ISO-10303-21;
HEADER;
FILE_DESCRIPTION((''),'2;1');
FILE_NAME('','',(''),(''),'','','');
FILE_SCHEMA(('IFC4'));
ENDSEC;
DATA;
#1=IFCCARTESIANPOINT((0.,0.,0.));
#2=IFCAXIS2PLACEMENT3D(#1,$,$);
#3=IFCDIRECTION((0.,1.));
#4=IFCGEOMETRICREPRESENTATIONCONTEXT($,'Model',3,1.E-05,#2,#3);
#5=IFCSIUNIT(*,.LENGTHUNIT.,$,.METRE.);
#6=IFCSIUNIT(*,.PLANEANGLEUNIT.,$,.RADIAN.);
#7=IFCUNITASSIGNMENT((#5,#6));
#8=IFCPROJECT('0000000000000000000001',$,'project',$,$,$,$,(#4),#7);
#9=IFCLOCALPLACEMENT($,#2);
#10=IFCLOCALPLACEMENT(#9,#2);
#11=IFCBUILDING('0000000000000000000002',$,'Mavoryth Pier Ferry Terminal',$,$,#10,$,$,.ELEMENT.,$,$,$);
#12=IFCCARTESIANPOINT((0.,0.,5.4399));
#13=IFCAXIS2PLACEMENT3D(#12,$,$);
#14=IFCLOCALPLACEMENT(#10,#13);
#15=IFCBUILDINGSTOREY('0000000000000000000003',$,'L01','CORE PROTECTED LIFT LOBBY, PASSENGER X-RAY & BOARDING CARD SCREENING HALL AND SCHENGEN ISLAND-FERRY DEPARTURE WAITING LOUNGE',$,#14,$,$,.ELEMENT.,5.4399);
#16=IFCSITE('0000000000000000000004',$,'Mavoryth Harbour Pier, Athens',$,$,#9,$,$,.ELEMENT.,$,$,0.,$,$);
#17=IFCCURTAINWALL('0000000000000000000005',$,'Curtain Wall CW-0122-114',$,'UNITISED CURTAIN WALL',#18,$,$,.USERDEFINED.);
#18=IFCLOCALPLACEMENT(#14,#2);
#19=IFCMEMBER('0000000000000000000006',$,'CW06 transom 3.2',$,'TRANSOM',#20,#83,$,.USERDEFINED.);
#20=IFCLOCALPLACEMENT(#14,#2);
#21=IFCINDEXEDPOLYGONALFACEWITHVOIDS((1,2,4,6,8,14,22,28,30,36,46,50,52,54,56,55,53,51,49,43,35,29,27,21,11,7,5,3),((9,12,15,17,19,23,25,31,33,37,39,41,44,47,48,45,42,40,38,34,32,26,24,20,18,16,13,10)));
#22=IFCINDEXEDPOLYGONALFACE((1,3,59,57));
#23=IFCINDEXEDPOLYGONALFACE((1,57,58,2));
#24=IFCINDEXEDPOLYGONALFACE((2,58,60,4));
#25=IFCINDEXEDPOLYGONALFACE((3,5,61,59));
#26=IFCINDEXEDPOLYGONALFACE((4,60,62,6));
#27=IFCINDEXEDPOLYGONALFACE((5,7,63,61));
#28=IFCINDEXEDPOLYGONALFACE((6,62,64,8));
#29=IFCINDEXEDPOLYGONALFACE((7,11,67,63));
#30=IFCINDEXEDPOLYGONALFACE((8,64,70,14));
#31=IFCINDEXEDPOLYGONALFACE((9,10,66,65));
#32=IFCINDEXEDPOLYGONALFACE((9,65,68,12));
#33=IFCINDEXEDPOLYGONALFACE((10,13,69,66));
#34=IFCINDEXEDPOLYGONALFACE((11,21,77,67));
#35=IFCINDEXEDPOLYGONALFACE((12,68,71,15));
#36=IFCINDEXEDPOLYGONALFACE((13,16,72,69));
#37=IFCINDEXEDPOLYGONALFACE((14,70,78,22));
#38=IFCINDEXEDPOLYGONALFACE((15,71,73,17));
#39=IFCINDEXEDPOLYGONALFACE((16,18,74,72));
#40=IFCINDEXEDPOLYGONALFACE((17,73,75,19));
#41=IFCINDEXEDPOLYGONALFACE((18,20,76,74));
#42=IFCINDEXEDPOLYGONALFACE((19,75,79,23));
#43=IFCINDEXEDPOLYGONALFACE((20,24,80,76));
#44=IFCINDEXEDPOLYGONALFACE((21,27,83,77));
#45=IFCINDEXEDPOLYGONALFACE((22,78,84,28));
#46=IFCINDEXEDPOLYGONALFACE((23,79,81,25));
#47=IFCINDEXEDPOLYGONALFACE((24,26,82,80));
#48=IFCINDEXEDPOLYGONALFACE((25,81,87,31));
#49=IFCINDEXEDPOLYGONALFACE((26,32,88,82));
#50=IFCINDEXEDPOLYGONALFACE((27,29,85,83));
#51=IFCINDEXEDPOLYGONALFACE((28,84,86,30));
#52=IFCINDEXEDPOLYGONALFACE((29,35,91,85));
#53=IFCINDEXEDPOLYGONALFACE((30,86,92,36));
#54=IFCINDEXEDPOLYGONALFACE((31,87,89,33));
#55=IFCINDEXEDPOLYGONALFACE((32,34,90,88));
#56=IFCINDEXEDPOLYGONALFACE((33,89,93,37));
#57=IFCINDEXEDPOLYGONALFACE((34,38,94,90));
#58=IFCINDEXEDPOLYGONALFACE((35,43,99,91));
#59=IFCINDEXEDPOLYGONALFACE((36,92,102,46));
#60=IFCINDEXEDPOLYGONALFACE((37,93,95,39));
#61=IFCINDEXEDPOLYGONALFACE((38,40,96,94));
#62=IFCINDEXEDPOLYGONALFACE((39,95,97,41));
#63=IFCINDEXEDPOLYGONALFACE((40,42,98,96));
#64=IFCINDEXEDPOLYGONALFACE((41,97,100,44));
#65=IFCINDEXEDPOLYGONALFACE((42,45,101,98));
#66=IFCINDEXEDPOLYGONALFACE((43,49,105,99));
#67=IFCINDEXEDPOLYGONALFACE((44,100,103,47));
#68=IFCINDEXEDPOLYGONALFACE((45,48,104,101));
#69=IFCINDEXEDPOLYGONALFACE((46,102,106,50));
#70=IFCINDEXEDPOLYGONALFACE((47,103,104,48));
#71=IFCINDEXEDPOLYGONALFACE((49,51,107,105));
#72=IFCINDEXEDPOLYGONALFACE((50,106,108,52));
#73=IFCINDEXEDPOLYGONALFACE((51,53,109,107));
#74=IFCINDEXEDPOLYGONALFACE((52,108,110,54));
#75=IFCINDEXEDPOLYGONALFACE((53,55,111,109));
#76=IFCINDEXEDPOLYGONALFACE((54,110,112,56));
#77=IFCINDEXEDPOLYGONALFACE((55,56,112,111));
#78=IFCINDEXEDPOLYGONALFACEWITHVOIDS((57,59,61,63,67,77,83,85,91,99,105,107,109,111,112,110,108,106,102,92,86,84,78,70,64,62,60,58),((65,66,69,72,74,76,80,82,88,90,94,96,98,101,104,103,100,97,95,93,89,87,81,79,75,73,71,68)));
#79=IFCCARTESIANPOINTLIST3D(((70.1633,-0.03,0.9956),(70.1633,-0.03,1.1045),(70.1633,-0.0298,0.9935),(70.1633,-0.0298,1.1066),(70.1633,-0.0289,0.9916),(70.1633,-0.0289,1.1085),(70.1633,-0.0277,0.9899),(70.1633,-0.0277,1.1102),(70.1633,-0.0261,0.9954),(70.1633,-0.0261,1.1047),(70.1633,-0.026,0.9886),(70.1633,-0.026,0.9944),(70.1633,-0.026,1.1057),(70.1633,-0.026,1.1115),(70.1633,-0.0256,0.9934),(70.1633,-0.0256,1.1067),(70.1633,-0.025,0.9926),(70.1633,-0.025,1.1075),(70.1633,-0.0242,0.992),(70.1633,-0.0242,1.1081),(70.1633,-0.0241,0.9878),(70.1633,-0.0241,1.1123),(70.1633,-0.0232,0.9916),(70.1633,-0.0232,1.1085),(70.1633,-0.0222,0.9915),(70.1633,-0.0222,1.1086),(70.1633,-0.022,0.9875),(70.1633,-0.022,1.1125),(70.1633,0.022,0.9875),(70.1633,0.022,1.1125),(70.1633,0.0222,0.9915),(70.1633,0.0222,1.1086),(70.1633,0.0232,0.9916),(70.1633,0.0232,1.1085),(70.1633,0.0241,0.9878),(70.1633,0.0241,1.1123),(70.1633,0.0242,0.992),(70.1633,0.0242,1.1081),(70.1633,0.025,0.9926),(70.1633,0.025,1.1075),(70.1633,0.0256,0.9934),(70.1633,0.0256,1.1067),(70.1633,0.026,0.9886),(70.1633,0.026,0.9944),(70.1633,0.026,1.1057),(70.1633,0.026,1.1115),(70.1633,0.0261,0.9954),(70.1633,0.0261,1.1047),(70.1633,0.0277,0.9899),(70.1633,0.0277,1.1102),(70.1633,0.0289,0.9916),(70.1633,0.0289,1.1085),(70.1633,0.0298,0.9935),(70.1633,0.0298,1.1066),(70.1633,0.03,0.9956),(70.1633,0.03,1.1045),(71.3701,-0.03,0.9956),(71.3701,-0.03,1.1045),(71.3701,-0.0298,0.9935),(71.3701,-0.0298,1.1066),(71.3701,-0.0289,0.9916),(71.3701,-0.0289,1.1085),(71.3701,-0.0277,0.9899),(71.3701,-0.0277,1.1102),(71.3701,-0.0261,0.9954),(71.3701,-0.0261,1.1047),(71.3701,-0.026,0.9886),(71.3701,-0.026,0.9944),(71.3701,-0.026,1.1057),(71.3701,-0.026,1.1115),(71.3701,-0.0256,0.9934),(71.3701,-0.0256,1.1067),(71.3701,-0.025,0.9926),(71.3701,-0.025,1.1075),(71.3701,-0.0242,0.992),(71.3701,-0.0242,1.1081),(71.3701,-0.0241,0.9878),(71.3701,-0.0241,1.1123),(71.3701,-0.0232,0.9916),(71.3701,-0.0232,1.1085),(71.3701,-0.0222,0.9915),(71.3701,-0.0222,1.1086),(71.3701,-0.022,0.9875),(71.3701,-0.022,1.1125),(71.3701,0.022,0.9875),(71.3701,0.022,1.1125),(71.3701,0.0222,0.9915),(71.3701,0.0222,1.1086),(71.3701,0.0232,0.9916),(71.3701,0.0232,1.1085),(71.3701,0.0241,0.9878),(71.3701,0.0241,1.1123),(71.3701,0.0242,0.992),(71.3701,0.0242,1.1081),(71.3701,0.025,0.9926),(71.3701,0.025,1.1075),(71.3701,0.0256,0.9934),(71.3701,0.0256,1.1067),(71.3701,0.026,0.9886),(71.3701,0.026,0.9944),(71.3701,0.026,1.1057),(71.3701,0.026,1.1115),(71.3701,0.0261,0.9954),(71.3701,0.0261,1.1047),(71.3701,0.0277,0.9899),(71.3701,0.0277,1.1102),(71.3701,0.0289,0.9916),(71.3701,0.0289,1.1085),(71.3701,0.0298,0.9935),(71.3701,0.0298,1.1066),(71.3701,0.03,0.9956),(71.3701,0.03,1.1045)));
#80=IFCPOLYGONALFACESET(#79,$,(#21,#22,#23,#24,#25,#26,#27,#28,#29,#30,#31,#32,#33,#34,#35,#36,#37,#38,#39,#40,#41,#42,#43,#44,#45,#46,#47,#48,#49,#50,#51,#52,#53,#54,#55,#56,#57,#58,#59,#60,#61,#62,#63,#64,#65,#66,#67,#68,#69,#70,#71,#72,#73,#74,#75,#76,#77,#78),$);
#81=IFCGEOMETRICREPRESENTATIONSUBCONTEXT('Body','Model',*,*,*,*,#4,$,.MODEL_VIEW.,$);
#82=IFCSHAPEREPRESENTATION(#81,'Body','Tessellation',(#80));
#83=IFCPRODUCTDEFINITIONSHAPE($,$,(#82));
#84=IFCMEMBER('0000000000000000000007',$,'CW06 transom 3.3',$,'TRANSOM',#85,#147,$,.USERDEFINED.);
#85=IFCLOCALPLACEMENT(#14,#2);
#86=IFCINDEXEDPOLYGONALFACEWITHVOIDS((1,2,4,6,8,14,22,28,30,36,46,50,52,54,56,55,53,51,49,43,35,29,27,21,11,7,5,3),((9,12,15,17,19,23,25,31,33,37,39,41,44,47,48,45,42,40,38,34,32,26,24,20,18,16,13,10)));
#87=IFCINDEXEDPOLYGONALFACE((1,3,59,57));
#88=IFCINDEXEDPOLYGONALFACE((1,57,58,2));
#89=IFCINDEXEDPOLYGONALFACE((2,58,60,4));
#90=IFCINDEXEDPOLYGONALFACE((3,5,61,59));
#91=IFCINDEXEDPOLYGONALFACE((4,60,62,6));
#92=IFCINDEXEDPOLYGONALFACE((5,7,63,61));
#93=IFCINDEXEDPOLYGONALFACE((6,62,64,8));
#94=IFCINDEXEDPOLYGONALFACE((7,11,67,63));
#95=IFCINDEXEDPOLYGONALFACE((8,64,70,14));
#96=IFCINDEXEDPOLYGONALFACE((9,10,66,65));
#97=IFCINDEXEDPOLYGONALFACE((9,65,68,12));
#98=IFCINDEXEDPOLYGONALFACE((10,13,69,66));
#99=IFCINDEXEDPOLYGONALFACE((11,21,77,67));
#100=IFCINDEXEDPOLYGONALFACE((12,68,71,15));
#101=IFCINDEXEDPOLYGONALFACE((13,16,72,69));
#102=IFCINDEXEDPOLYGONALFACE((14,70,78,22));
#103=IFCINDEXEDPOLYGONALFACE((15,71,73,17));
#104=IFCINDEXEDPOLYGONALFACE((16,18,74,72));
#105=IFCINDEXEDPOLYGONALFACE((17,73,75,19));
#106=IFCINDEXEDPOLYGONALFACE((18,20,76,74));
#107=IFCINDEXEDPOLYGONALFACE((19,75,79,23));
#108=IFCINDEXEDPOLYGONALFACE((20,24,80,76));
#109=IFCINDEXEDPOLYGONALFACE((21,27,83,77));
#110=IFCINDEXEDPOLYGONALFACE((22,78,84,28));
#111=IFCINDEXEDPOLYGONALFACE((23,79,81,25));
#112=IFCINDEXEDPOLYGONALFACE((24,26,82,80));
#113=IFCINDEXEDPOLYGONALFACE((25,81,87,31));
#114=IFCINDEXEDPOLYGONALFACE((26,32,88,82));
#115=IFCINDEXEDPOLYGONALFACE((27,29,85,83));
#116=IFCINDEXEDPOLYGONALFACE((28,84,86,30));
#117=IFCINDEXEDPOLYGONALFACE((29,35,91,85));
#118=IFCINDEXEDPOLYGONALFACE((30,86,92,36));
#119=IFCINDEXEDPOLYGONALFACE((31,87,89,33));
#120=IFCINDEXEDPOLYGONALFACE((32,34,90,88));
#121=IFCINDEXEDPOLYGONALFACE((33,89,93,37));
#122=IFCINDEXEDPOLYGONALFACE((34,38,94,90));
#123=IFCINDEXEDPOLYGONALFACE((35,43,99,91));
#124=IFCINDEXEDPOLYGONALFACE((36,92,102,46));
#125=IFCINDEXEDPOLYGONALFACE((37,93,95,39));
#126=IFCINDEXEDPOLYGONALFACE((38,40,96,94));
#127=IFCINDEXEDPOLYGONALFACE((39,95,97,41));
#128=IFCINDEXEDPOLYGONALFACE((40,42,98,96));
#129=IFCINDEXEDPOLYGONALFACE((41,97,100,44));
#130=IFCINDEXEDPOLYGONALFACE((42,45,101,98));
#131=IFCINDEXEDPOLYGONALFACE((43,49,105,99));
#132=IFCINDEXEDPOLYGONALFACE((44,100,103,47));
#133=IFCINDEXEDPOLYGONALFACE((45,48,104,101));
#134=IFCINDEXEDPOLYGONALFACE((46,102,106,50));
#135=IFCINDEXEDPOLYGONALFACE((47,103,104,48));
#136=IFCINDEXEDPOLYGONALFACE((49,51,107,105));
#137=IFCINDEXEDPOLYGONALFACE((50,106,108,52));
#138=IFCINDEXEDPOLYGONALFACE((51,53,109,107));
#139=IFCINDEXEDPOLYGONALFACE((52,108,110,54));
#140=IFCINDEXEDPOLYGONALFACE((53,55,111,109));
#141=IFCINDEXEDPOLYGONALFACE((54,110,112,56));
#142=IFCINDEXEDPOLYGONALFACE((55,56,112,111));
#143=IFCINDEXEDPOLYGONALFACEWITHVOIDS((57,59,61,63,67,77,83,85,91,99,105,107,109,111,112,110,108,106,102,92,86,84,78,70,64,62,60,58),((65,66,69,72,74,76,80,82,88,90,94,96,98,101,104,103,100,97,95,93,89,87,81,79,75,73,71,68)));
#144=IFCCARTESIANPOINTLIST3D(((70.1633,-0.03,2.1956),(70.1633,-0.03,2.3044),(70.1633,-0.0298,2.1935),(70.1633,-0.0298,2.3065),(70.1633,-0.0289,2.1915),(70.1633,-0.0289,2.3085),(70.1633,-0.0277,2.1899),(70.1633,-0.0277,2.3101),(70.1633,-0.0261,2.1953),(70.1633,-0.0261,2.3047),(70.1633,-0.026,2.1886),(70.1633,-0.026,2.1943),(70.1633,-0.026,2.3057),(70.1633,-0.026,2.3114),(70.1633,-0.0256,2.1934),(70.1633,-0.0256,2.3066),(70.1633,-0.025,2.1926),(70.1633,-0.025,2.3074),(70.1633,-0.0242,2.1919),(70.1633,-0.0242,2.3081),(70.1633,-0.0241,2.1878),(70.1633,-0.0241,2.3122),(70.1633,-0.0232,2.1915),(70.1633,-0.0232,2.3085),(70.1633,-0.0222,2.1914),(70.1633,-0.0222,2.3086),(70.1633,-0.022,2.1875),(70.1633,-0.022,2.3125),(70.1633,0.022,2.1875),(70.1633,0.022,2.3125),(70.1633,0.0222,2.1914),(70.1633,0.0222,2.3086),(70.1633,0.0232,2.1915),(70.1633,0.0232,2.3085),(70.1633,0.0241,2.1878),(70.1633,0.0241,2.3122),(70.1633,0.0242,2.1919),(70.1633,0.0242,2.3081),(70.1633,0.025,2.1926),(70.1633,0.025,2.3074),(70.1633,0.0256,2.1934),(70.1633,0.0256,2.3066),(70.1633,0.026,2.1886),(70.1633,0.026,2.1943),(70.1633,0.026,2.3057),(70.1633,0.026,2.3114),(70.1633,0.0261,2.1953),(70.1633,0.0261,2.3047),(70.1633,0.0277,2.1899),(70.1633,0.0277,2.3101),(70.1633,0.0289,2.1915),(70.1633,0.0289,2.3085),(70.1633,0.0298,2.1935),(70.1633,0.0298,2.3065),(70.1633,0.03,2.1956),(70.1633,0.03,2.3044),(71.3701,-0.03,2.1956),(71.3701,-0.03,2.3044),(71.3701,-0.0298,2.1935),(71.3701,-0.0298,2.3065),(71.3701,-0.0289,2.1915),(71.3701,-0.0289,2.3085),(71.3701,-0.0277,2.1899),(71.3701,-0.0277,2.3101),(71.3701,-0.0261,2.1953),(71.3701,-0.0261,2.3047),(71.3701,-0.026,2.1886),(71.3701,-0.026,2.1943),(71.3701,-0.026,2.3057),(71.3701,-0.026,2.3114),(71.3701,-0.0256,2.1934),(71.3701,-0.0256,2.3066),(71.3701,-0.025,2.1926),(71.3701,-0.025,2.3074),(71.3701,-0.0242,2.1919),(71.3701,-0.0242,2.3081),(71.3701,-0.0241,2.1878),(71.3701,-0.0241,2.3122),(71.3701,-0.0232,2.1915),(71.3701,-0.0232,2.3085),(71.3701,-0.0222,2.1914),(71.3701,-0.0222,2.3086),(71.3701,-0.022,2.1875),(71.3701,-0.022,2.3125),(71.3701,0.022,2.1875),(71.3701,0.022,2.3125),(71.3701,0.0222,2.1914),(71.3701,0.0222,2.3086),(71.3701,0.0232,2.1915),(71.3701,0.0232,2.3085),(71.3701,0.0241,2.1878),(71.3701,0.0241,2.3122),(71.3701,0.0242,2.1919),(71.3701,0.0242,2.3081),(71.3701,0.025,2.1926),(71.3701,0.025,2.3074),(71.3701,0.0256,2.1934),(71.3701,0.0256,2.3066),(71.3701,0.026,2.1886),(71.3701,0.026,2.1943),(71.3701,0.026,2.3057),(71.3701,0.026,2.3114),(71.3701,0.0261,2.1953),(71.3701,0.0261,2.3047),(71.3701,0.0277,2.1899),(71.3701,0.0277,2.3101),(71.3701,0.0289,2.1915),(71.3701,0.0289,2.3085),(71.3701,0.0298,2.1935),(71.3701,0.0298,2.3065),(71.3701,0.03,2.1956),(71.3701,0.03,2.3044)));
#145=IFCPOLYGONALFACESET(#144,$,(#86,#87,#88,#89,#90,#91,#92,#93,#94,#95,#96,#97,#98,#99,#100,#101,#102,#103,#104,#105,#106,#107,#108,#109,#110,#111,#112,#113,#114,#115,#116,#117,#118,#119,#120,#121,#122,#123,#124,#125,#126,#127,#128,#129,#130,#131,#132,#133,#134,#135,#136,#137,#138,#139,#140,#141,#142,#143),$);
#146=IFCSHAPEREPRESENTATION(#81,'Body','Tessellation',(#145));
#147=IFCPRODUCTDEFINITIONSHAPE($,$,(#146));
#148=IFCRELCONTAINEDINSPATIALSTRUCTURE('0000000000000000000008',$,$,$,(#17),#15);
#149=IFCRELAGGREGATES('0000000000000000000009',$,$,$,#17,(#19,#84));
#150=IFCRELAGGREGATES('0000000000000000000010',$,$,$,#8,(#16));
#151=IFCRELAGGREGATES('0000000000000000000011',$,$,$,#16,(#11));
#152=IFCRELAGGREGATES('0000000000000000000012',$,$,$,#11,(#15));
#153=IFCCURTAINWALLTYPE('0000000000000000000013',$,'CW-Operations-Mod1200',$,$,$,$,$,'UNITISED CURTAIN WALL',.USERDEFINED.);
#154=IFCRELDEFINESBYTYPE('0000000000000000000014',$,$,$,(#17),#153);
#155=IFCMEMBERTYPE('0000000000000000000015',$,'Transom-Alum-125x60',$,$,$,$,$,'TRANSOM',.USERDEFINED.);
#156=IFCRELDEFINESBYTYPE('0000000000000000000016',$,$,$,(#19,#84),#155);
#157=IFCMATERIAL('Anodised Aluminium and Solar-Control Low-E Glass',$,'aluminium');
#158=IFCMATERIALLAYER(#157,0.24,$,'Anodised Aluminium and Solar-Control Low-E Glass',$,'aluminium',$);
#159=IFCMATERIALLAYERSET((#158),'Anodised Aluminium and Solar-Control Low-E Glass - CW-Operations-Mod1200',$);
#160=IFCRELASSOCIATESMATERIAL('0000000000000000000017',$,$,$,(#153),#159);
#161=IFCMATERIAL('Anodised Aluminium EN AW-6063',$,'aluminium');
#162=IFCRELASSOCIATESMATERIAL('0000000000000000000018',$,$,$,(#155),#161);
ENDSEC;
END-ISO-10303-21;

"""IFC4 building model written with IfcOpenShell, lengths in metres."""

from ifc_helpers import new_model, si_unit, direction, frame, origin, origin_2d, place, context, subcontext, project, spatial, hollow_rectangle, extrude, material, layer, layer_set, material_profile, profile_set, type_object, element, aggregate, save


model = new_model("IFC4")

# Units and contexts
model_context = context("Model", 3, precision=1e-05, world=origin(), true_north=direction((0.0, 1.0)))
body_context = subcontext(model_context, "Body", "Model", "MODEL_VIEW")
ifc_project = project(units=[si_unit("LENGTHUNIT", "METRE"), si_unit("PLANEANGLEUNIT", "RADIAN")], contexts=[model_context])

# Site, building, storey
site_placement = place(None, origin())
site = spatial("IfcSite", under=ifc_project, at=site_placement, Name="Mavoryth Harbour Pier, Athens", CompositionType="ELEMENT", RefElevation=0.0)
building_placement = place(site_placement, origin())
building = spatial("IfcBuilding", under=site, at=building_placement, Name="Mavoryth Pier Ferry Terminal", CompositionType="ELEMENT")
storey_placement = place(building_placement, frame((0.0, 0.0, 5.4399)))
storey = spatial("IfcBuildingStorey", under=building, at=storey_placement, Name="L01", Description="CORE PROTECTED LIFT LOBBY, PASSENGER X-RAY & BOARDING CARD SCREENING HALL AND SCHENGEN ISLAND-FERRY DEPARTURE WAITING LOUNGE", CompositionType="ELEMENT", Elevation=5.4399)

# Curtain wall
ifc_material_1 = material(Name="Anodised Aluminium and Solar-Control Low-E Glass", Category="aluminium")
ifc_layer_1 = layer(ifc_material_1, 0.24, Name="Anodised Aluminium and Solar-Control Low-E Glass", Category="aluminium")
ifc_layer_set_1 = layer_set([ifc_layer_1], Name="Anodised Aluminium and Solar-Control Low-E Glass - CW-Operations-Mod1200")
curtain_wall_type = type_object("IfcCurtainWallType", Name="CW-Operations-Mod1200", ElementType="UNITISED CURTAIN WALL", PredefinedType="USERDEFINED", material=ifc_layer_set_1)
curtain_wall_placement = place(storey_placement, origin())
curtain_wall = element("IfcCurtainWall", 1, at=curtain_wall_placement, inside=storey, type_object=curtain_wall_type, Name="Curtain Wall CW-0122-114", ObjectType="UNITISED CURTAIN WALL", PredefinedType="USERDEFINED")
ifc_material_2 = material(Name="Anodised Aluminium EN AW-6063", Category="aluminium")

# Members
ifc_material_profile_1 = material_profile(ifc_material_2, hollow_rectangle(XDim=0.0601, YDim=0.125, WallThickness=0.0039, InnerFilletRadius=0.0039, OuterFilletRadius=0.0081, at=origin_2d()), Name="AL-TRAN 125x60x4", Category="aluminium")
ifc_profile_set_1 = profile_set([ifc_material_profile_1], Name="Anodised Aluminium EN AW-6063 - AL-TRAN 125x60x4")
member_type_1 = type_object("IfcMemberType", Name="Transom-Alum-125x60", ElementType="TRANSOM", PredefinedType="USERDEFINED", material=ifc_profile_set_1)
member_1_placement = place(storey_placement, frame((70.1633, 0.0, 1.05), z_axis=(1.0, 0.0, 0.0), x_axis=(0.0, 1.0, 0.0)))
member_1 = element("IfcMember", 2, at=member_1_placement, type_object=member_type_1, Name="CW06 transom 3.2", ObjectType="TRANSOM", PredefinedType="USERDEFINED", context=body_context, shape_type="SweptSolid", body=[
    extrude(hollow_rectangle(XDim=0.0601, YDim=0.125, WallThickness=0.0039, InnerFilletRadius=0.0039, OuterFilletRadius=0.0081, at=origin_2d()), origin(), (0.0, 0.0, 1.0), 1.2068),
])
member_2_placement = place(storey_placement, frame((70.1633, 0.0, 2.25), z_axis=(1.0, 0.0, 0.0), x_axis=(0.0, 1.0, 0.0)))
member_2 = element("IfcMember", 3, at=member_2_placement, type_object=member_type_1, Name="CW06 transom 3.3", ObjectType="TRANSOM", PredefinedType="USERDEFINED", context=body_context, shape_type="SweptSolid", body=[
    extrude(hollow_rectangle(XDim=0.0601, YDim=0.125, WallThickness=0.0039, InnerFilletRadius=0.0039, OuterFilletRadius=0.0081, at=origin_2d()), origin(), (0.0, 0.0, 1.0), 1.2068),
])

aggregate(curtain_wall, [member_1, member_2])

save(model, "model.ifc")
